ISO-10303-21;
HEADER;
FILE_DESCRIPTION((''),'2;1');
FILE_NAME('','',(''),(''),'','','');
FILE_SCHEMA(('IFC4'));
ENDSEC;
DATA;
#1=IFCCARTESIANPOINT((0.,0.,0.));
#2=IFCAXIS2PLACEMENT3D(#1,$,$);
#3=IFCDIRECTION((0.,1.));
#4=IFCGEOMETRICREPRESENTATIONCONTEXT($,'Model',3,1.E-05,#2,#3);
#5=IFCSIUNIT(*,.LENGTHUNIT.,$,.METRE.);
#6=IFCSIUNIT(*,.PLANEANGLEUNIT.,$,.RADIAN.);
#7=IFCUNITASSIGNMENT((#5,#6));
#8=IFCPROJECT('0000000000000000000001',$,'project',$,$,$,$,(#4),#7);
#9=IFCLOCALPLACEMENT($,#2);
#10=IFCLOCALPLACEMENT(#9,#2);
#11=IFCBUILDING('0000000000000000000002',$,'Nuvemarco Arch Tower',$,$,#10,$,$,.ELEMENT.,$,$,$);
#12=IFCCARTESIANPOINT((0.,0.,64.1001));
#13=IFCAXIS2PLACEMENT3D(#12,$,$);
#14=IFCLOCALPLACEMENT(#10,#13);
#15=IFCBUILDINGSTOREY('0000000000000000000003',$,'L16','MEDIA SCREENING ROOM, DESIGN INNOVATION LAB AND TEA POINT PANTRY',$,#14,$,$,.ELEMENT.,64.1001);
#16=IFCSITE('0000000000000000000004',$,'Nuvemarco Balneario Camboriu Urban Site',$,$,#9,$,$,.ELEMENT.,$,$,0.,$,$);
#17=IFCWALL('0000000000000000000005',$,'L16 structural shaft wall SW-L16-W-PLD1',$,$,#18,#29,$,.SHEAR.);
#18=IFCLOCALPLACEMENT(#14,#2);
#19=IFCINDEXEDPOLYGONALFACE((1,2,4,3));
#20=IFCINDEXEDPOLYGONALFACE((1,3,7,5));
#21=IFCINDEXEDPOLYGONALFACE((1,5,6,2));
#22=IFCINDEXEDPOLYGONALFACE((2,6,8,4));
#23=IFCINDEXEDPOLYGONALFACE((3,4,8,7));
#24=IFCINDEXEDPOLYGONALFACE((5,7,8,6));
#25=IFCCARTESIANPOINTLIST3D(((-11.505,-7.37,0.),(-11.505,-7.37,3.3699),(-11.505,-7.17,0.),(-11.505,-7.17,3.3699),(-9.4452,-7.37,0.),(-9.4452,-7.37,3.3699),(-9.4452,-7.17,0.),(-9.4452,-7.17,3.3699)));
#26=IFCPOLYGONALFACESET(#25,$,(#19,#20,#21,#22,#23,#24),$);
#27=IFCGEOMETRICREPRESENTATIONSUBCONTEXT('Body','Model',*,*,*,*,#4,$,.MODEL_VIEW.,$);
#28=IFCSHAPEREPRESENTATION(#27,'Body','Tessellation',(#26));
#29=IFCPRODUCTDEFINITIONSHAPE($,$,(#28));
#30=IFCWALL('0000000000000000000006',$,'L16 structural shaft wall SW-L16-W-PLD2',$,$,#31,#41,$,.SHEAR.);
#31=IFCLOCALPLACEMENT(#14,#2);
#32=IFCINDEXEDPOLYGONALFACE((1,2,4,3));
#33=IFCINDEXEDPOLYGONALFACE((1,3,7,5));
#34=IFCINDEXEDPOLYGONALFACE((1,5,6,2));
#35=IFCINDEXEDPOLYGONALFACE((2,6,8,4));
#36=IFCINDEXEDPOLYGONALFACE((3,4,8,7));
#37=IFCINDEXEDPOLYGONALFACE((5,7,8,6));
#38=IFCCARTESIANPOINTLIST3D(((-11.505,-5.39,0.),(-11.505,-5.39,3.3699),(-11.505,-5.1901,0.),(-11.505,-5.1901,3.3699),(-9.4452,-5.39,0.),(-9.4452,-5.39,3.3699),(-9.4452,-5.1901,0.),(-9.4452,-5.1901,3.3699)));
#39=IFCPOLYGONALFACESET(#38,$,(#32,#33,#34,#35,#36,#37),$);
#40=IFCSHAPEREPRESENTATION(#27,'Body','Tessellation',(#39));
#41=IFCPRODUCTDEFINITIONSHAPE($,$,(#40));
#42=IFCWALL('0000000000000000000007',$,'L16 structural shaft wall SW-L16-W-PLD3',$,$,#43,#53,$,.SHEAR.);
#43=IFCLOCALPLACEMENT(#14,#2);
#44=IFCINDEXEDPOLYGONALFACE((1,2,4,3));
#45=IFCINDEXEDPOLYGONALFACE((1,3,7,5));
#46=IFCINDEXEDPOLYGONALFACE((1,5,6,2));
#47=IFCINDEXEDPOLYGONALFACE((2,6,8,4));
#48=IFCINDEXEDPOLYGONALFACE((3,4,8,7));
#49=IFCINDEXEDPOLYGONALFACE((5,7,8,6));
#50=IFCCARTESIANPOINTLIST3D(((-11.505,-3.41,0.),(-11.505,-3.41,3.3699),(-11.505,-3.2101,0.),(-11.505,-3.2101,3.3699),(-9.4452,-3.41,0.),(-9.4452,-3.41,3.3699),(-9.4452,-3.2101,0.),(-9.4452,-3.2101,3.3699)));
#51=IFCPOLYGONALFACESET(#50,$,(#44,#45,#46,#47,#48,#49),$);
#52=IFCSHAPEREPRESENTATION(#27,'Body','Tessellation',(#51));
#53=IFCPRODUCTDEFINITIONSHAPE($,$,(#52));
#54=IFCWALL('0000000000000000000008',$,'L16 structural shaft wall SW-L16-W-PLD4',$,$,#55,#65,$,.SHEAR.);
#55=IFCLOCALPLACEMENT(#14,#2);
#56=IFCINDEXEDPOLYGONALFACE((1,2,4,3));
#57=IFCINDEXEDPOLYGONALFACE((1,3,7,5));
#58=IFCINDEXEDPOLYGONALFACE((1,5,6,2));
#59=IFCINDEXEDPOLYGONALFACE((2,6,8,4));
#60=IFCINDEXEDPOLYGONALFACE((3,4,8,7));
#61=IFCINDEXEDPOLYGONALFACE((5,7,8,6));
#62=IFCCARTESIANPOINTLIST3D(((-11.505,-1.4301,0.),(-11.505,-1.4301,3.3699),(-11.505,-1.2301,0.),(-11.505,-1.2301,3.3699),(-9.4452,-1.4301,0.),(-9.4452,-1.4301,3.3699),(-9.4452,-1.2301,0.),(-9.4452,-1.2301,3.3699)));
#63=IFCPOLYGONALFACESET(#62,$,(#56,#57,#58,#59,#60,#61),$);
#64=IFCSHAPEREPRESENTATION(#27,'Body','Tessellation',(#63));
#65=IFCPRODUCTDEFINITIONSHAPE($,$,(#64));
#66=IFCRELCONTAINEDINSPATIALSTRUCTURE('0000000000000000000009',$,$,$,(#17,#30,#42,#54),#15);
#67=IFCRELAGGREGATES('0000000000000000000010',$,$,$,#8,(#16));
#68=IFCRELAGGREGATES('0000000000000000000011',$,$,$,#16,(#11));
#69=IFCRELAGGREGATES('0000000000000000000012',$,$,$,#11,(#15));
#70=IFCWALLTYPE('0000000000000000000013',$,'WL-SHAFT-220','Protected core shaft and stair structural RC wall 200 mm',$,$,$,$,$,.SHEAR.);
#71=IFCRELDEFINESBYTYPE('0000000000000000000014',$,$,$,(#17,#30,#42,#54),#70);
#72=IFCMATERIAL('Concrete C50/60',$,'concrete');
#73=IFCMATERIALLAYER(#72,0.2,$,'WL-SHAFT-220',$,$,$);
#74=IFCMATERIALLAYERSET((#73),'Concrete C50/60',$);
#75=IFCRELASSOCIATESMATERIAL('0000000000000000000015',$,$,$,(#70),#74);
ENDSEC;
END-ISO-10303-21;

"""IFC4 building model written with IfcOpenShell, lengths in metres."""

from ifc_helpers import new_model, si_unit, direction, frame, frame_2d, origin, place, context, subcontext, project, spatial, rectangle, extrude, material, layer, layer_set, type_object, element, save


model = new_model("IFC4")

# Units and contexts
model_context = context("Model", 3, precision=1e-05, world=origin(), true_north=direction((0.0, 1.0)))
body_context = subcontext(model_context, "Body", "Model", "MODEL_VIEW")
ifc_project = project(units=[si_unit("LENGTHUNIT", "METRE"), si_unit("PLANEANGLEUNIT", "RADIAN")], contexts=[model_context])

# Site, building, storey
site_placement = place(None, origin())
site = spatial("IfcSite", under=ifc_project, at=site_placement, Name="Nuvemarco Balneario Camboriu Urban Site", CompositionType="ELEMENT", RefElevation=0.0)
building_placement = place(site_placement, origin())
building = spatial("IfcBuilding", under=site, at=building_placement, Name="Nuvemarco Arch Tower", CompositionType="ELEMENT")
storey_placement = place(building_placement, frame((0.0, 0.0, 64.1001)))
storey = spatial("IfcBuildingStorey", under=building, at=storey_placement, Name="L16", Description="MEDIA SCREENING ROOM, DESIGN INNOVATION LAB AND TEA POINT PANTRY", CompositionType="ELEMENT", Elevation=64.1001)

# Shared definitions
ifc_material_1 = material(Name="Concrete C50/60", Category="concrete")
ifc_layer_1 = layer(ifc_material_1, 0.2, Name="WL-SHAFT-220")
ifc_layer_set_1 = layer_set([ifc_layer_1], Name="Concrete C50/60")
wall_type_1 = type_object("IfcWallType", Name="WL-SHAFT-220", Description="Protected core shaft and stair structural RC wall 200 mm", PredefinedType="SHEAR", material=ifc_layer_set_1)

# Walls
for number, where, z_axis, x_axis, name in (
    (1, (-11.5049, -7.27, 0.0), (0.0, 0.0, 1.0), (1.0, 0.0, 0.0), "L16 structural shaft wall SW-L16-W-PLD1"),
    (2, (-11.5049, -5.29, 0.0), (0.0, 0.0, 1.0), (1.0, 0.0, 0.0), "L16 structural shaft wall SW-L16-W-PLD2"),
    (3, (-11.5049, -3.3101, 0.0), (0.0, 0.0, 1.0), (1.0, 0.0, 0.0), "L16 structural shaft wall SW-L16-W-PLD3"),
    (4, (-11.5049, -1.3301, 0.0), (0.0, 0.0, 1.0), (1.0, 0.0, 0.0), "L16 structural shaft wall SW-L16-W-PLD4"),
):
    element("IfcWall", number, at=place(storey_placement, frame(where, z_axis=z_axis, x_axis=x_axis)), inside=storey, type_object=wall_type_1, Name=name, PredefinedType="SHEAR", context=body_context, shape_type="SweptSolid", body=[
        extrude(rectangle(XDim=2.0598, YDim=0.2, at=frame_2d((1.0298, 0.0))), origin(), (0.0, 0.0, 1.0), 3.3699),
    ])

save(model, "model.ifc")
